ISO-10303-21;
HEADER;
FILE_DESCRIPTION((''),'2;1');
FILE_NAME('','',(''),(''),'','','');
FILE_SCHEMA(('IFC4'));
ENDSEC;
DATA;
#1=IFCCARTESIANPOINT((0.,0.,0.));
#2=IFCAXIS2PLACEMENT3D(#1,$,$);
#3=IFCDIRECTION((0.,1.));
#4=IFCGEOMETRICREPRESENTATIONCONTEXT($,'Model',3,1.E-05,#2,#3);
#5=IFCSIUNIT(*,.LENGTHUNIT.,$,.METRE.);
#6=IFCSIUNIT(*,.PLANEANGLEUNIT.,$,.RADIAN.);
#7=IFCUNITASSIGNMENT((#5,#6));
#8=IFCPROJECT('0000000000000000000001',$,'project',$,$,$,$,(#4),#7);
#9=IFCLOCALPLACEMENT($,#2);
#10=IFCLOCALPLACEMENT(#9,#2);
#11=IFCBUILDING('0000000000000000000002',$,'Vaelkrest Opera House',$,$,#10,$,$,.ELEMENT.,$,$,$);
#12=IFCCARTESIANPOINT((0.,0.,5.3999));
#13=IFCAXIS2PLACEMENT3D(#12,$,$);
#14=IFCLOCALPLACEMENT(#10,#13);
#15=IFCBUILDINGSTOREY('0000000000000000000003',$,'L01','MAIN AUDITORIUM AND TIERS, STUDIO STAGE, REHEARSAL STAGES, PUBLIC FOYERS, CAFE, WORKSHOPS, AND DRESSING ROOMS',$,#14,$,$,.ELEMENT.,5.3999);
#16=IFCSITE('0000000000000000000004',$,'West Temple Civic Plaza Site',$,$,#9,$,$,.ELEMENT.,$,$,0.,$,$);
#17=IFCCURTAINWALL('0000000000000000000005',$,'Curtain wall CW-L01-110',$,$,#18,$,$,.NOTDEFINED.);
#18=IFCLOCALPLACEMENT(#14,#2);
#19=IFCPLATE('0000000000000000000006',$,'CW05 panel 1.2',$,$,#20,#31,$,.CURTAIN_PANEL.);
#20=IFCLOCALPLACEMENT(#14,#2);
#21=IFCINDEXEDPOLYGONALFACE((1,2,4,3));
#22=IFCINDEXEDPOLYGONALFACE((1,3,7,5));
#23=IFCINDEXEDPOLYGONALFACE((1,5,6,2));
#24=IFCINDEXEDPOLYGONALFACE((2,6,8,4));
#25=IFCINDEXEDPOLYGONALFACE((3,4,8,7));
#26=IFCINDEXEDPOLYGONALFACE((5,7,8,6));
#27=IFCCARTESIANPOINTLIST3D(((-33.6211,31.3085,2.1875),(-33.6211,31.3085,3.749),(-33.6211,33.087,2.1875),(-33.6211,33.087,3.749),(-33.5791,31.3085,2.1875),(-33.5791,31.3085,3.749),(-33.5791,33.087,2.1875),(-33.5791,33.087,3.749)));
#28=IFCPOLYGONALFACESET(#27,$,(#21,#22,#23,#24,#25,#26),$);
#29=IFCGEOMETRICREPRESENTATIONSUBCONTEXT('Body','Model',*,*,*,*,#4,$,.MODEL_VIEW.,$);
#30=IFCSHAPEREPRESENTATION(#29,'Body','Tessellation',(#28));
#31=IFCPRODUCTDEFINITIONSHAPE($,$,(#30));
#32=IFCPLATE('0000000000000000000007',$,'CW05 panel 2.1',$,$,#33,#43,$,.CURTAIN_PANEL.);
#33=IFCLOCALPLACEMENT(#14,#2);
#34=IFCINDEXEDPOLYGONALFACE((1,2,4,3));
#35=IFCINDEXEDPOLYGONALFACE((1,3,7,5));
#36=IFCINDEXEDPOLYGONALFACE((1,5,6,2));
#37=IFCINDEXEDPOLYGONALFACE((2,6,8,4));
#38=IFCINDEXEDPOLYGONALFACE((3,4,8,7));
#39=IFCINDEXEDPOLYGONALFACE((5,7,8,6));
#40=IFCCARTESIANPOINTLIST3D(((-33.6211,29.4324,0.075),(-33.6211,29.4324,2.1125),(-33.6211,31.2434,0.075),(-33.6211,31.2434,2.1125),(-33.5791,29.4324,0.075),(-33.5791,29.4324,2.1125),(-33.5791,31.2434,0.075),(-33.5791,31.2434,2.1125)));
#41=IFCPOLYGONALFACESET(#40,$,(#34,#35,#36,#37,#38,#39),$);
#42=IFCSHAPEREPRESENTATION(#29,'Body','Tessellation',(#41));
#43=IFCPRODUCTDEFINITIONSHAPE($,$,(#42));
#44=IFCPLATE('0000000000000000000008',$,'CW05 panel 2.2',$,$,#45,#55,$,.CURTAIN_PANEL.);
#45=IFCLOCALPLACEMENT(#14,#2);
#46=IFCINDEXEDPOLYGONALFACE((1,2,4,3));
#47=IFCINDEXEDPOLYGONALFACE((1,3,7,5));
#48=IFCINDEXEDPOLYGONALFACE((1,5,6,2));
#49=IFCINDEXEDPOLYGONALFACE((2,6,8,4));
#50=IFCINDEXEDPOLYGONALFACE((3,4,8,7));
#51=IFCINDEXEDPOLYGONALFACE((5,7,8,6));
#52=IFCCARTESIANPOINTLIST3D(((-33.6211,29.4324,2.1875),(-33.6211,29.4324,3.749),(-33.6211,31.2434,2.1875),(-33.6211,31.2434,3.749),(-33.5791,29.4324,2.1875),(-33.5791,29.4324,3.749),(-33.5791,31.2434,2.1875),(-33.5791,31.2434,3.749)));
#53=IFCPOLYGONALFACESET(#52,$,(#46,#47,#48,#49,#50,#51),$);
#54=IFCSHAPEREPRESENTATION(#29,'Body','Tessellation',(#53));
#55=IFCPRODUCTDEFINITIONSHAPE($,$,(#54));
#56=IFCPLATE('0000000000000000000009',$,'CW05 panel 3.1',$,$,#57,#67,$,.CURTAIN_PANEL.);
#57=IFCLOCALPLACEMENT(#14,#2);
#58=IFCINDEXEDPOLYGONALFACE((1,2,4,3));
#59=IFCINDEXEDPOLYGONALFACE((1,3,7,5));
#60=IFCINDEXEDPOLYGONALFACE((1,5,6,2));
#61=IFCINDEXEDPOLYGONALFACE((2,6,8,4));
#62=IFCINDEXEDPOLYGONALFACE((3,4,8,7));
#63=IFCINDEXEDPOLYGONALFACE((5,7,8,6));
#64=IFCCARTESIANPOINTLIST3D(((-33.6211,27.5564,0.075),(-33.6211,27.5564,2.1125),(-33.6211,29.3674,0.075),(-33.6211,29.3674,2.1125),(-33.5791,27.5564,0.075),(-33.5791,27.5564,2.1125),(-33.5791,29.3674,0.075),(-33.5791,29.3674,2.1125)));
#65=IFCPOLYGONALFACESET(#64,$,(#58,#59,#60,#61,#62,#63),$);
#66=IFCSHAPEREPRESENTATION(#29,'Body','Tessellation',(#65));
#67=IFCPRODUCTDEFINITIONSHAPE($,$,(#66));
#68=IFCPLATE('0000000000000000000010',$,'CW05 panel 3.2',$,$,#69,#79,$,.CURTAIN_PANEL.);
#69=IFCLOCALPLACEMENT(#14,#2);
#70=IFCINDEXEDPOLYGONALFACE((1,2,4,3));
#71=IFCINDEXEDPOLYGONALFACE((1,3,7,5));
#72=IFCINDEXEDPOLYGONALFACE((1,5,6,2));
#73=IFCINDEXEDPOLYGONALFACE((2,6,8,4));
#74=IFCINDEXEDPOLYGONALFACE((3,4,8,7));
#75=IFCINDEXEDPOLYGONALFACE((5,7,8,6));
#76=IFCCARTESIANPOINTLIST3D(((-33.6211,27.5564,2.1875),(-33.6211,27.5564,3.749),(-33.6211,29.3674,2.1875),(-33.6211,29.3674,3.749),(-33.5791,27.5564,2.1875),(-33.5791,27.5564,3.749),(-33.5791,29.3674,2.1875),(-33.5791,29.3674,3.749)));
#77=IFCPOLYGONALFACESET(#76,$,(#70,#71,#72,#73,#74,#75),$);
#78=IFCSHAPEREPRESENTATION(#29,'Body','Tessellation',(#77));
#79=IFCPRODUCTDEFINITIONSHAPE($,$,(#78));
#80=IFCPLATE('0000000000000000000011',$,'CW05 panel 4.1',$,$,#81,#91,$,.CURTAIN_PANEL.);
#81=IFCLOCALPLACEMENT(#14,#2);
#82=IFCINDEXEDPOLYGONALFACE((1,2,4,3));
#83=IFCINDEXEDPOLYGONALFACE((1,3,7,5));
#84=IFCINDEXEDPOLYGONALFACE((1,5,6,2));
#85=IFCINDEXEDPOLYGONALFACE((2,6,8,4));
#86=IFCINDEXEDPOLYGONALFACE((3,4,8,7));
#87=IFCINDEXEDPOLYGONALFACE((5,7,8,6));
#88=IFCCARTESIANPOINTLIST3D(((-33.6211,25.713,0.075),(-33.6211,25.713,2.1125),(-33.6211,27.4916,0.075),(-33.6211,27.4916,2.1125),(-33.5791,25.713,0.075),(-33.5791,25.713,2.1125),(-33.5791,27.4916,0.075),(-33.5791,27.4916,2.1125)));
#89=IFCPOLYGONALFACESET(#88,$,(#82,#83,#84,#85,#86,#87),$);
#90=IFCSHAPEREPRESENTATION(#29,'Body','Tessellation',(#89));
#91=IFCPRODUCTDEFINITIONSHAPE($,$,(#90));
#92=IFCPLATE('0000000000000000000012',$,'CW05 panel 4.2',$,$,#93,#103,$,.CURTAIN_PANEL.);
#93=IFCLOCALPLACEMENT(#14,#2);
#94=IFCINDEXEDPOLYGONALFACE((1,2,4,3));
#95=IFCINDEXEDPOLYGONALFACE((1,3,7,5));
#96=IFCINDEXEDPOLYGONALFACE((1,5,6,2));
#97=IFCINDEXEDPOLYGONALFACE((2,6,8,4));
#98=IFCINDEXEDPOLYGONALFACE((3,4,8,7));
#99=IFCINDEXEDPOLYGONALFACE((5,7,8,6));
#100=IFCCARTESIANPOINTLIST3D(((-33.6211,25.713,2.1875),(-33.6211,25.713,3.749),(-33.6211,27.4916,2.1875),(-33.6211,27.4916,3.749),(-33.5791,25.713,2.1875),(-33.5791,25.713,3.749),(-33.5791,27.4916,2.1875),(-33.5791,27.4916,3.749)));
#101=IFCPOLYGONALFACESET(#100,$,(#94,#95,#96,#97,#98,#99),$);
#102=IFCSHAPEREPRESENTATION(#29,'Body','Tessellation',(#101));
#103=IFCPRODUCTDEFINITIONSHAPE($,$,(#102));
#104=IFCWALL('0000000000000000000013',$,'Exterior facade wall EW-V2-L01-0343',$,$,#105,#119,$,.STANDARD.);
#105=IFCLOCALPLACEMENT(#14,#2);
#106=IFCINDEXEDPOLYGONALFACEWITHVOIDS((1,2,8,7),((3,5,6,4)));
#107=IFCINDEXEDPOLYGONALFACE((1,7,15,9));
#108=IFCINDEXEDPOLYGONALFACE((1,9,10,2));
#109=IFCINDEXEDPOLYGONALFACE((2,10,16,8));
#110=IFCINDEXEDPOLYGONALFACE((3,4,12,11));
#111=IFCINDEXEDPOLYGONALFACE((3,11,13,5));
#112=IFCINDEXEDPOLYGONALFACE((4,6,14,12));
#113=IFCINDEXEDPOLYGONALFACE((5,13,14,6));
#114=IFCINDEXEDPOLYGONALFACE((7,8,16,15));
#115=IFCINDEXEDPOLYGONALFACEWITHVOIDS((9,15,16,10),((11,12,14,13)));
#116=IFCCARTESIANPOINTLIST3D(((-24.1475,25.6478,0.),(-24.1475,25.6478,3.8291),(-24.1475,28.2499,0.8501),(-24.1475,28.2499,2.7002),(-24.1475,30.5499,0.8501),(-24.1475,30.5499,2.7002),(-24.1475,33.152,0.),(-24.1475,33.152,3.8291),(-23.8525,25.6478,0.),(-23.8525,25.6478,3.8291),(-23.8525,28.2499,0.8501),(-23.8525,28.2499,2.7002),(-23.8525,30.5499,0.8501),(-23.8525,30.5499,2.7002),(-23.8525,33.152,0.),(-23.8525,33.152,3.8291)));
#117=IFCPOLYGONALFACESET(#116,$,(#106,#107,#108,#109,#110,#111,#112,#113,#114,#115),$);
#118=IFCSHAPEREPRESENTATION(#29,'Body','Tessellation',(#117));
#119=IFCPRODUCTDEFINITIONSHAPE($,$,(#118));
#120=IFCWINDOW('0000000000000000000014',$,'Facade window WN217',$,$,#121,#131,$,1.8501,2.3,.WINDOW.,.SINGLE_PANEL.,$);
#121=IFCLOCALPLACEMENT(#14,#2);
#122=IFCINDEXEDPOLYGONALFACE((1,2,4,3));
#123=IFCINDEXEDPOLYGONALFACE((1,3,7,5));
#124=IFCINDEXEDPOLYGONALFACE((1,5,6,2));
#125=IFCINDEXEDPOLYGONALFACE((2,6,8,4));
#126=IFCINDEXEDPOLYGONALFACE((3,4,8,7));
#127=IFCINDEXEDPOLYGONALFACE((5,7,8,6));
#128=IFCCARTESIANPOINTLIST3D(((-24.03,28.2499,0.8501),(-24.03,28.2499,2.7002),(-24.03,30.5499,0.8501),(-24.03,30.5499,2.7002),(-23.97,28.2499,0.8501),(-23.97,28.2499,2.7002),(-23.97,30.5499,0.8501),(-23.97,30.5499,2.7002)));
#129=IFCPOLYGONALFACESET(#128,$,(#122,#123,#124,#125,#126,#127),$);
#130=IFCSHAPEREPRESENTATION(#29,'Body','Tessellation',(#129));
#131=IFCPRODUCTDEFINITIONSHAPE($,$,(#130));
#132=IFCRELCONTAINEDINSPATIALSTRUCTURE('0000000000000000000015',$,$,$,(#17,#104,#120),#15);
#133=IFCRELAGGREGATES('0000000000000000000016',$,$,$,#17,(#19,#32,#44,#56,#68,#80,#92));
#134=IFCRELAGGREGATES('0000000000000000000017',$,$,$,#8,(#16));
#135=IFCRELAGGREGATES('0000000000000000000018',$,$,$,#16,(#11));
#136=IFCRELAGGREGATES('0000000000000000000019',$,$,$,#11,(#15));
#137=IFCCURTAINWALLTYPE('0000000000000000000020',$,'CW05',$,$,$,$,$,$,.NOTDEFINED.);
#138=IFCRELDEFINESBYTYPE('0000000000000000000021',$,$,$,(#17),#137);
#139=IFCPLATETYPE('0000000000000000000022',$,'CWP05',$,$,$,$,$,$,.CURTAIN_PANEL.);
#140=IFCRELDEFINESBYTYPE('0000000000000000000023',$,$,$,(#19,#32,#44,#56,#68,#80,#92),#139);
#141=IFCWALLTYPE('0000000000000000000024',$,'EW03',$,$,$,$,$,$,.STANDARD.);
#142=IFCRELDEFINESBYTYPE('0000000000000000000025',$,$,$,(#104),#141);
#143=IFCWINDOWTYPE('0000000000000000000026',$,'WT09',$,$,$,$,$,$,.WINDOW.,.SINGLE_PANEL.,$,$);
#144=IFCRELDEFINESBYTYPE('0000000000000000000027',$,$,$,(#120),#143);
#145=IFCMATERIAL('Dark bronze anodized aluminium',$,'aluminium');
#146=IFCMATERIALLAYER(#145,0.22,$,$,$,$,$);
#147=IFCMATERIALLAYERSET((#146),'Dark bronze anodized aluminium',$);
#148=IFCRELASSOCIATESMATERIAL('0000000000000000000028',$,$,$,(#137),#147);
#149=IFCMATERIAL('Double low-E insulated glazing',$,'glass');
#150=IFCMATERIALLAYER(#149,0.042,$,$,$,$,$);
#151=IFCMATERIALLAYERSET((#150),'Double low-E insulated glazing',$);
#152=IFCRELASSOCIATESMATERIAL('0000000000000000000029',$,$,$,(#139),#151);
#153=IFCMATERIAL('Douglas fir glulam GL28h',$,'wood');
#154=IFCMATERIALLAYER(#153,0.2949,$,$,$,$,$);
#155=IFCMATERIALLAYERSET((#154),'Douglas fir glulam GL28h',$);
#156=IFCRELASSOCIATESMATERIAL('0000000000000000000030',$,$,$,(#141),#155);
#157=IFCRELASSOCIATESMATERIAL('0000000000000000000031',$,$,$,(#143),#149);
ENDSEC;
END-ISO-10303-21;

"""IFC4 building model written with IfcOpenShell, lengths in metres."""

from ifc_helpers import new_model, si_unit, direction, frame, frame_2d, origin, origin_2d, place, context, subcontext, project, spatial, rectangle, extrude, material, layer, layer_set, type_object, element, fill, aggregate, save


model = new_model("IFC4")

# Units and contexts
model_context = context("Model", 3, precision=1e-05, world=origin(), true_north=direction((0.0, 1.0)))
body_context = subcontext(model_context, "Body", "Model", "MODEL_VIEW")
ifc_project = project(units=[si_unit("LENGTHUNIT", "METRE"), si_unit("PLANEANGLEUNIT", "RADIAN")], contexts=[model_context])

# Site, building, storey
site_placement = place(None, origin())
site = spatial("IfcSite", under=ifc_project, at=site_placement, Name="West Temple Civic Plaza Site", CompositionType="ELEMENT", RefElevation=0.0)
building_placement = place(site_placement, origin())
building = spatial("IfcBuilding", under=site, at=building_placement, Name="Vaelkrest Opera House", CompositionType="ELEMENT")
storey_placement = place(building_placement, frame((0.0, 0.0, 5.3999)))
storey = spatial("IfcBuildingStorey", under=building, at=storey_placement, Name="L01", Description="MAIN AUDITORIUM AND TIERS, STUDIO STAGE, REHEARSAL STAGES, PUBLIC FOYERS, CAFE, WORKSHOPS, AND DRESSING ROOMS", CompositionType="ELEMENT", Elevation=5.3999)

# Curtain wall
ifc_material_1 = material(Name="Dark bronze anodized aluminium", Category="aluminium")
ifc_layer_1 = layer(ifc_material_1, 0.22)
ifc_layer_set_1 = layer_set([ifc_layer_1], Name="Dark bronze anodized aluminium")
curtain_wall_type = type_object("IfcCurtainWallType", Name="CW05", PredefinedType="NOTDEFINED", material=ifc_layer_set_1)
curtain_wall_placement = place(storey_placement, origin())
curtain_wall = element("IfcCurtainWall", 1, at=curtain_wall_placement, inside=storey, type_object=curtain_wall_type, Name="Curtain wall CW-L01-110", PredefinedType="NOTDEFINED")

# Plates
ifc_material_2 = material(Name="Double low-E insulated glazing", Category="glass")
ifc_layer_2 = layer(ifc_material_2, 0.042)
ifc_layer_set_2 = layer_set([ifc_layer_2], Name="Double low-E insulated glazing")
plate_type = type_object("IfcPlateType", Name="CWP05", PredefinedType="CURTAIN_PANEL", material=ifc_layer_set_2)
plate_1_placement = place(storey_placement, frame((-33.6001, 32.1978, 2.1875), z_axis=(0.0, 0.0, 1.0), x_axis=(0.0, -1.0, 0.0)))
plate_1 = element("IfcPlate", 2, at=plate_1_placement, type_object=plate_type, Name="CW05 panel 1.2", PredefinedType="CURTAIN_PANEL", context=body_context, shape_type="SweptSolid", body=[
    extrude(rectangle(XDim=1.7786, YDim=0.042, at=origin_2d()), origin(), (0.0, 0.0, 1.0), 1.5615),
])
plate_2_placement = place(storey_placement, frame((-33.6001, 30.3379, 0.075), z_axis=(0.0, 0.0, 1.0), x_axis=(0.0, -1.0, 0.0)))
plate_2 = element("IfcPlate", 3, at=plate_2_placement, type_object=plate_type, Name="CW05 panel 2.1", PredefinedType="CURTAIN_PANEL", context=body_context, shape_type="SweptSolid", body=[
    extrude(rectangle(XDim=1.811, YDim=0.042, at=origin_2d()), origin(), (0.0, 0.0, 1.0), 2.0376),
])
plate_3_placement = place(storey_placement, frame((-33.6001, 30.3379, 2.1875), z_axis=(0.0, 0.0, 1.0), x_axis=(0.0, -1.0, 0.0)))
plate_3 = element("IfcPlate", 4, at=plate_3_placement, type_object=plate_type, Name="CW05 panel 2.2", PredefinedType="CURTAIN_PANEL", context=body_context, shape_type="SweptSolid", body=[
    extrude(rectangle(XDim=1.811, YDim=0.042, at=origin_2d()), origin(), (0.0, 0.0, 1.0), 1.5615),
])
plate_4_placement = place(storey_placement, frame((-33.6001, 28.4619, 0.075), z_axis=(0.0, 0.0, 1.0), x_axis=(0.0, -1.0, 0.0)))
plate_4 = element("IfcPlate", 5, at=plate_4_placement, type_object=plate_type, Name="CW05 panel 3.1", PredefinedType="CURTAIN_PANEL", context=body_context, shape_type="SweptSolid", body=[
    extrude(rectangle(XDim=1.811, YDim=0.042, at=origin_2d()), origin(), (0.0, 0.0, 1.0), 2.0376),
])
plate_5_placement = place(storey_placement, frame((-33.6001, 28.4619, 2.1875), z_axis=(0.0, 0.0, 1.0), x_axis=(0.0, -1.0, 0.0)))
plate_5 = element("IfcPlate", 6, at=plate_5_placement, type_object=plate_type, Name="CW05 panel 3.2", PredefinedType="CURTAIN_PANEL", context=body_context, shape_type="SweptSolid", body=[
    extrude(rectangle(XDim=1.811, YDim=0.042, at=origin_2d()), origin(), (0.0, 0.0, 1.0), 1.5615),
])
plate_6_placement = place(storey_placement, frame((-33.6001, 26.6023, 0.075), z_axis=(0.0, 0.0, 1.0), x_axis=(0.0, -1.0, 0.0)))
plate_6 = element("IfcPlate", 7, at=plate_6_placement, type_object=plate_type, Name="CW05 panel 4.1", PredefinedType="CURTAIN_PANEL", context=body_context, shape_type="SweptSolid", body=[
    extrude(rectangle(XDim=1.7786, YDim=0.042, at=origin_2d()), origin(), (0.0, 0.0, 1.0), 2.0376),
])
plate_7_placement = place(storey_placement, frame((-33.6001, 26.6023, 2.1875), z_axis=(0.0, 0.0, 1.0), x_axis=(0.0, -1.0, 0.0)))
plate_7 = element("IfcPlate", 8, at=plate_7_placement, type_object=plate_type, Name="CW05 panel 4.2", PredefinedType="CURTAIN_PANEL", context=body_context, shape_type="SweptSolid", body=[
    extrude(rectangle(XDim=1.7786, YDim=0.042, at=origin_2d()), origin(), (0.0, 0.0, 1.0), 1.5615),
])
aggregate(curtain_wall, [plate_1, plate_2, plate_3, plate_4, plate_5, plate_6, plate_7])

# Wall, opening, window
ifc_material_3 = material(Name="Douglas fir glulam GL28h", Category="wood")
ifc_layer_3 = layer(ifc_material_3, 0.2949)
ifc_layer_set_3 = layer_set([ifc_layer_3], Name="Douglas fir glulam GL28h")
wall_type = type_object("IfcWallType", Name="EW03", PredefinedType="STANDARD", material=ifc_layer_set_3)
wall_placement = place(storey_placement, frame((-24.0, 25.6479, 0.0), z_axis=(0.0, 0.0, 1.0), x_axis=(0.0, 1.0, 0.0)))
wall = element("IfcWall", 9, at=wall_placement, inside=storey, type_object=wall_type, Name="Exterior facade wall EW-V2-L01-0343", PredefinedType="STANDARD", context=body_context, shape_type="SweptSolid", body=[
    extrude(rectangle(XDim=7.5042, YDim=0.2949, at=frame_2d((3.752, 0.0))), origin(), (0.0, 0.0, 1.0), 3.8291),
])
opening_placement = place(wall_placement, frame((2.6021, 0.0, 0.8501)))
opening = element("IfcOpeningElement", 10, at=opening_placement, cuts=wall, PredefinedType="OPENING", context=body_context, shape_type="SweptSolid", body=[
    extrude(rectangle(XDim=2.3, YDim=1.8501, at=frame_2d((1.1499, 0.925))), frame((0.0, 0.1575, 0.0), z_axis=(0.0, -1.0, 0.0), x_axis=(1.0, 0.0, 0.0)), (0.0, 0.0, 1.0), 0.3149),
])
window_type = type_object("IfcWindowType", Name="WT09", PartitioningType="SINGLE_PANEL", PredefinedType="WINDOW", material=ifc_material_2)
window_placement = place(opening_placement, origin())
window = element("IfcWindow", 11, at=window_placement, inside=storey, type_object=window_type, Name="Facade window WN217", OverallHeight=1.8501, OverallWidth=2.3, PartitioningType="SINGLE_PANEL", PredefinedType="WINDOW", context=body_context, shape_type="SweptSolid", body=[
    extrude(rectangle(XDim=2.3, YDim=1.8501, at=frame_2d((1.1499, 0.925))), frame((0.0, 0.03, 0.0), z_axis=(0.0, -1.0, 0.0), x_axis=(1.0, 0.0, 0.0)), (0.0, 0.0, 1.0), 0.0601),
])
fill(opening, window)

save(model, "model.ifc")
